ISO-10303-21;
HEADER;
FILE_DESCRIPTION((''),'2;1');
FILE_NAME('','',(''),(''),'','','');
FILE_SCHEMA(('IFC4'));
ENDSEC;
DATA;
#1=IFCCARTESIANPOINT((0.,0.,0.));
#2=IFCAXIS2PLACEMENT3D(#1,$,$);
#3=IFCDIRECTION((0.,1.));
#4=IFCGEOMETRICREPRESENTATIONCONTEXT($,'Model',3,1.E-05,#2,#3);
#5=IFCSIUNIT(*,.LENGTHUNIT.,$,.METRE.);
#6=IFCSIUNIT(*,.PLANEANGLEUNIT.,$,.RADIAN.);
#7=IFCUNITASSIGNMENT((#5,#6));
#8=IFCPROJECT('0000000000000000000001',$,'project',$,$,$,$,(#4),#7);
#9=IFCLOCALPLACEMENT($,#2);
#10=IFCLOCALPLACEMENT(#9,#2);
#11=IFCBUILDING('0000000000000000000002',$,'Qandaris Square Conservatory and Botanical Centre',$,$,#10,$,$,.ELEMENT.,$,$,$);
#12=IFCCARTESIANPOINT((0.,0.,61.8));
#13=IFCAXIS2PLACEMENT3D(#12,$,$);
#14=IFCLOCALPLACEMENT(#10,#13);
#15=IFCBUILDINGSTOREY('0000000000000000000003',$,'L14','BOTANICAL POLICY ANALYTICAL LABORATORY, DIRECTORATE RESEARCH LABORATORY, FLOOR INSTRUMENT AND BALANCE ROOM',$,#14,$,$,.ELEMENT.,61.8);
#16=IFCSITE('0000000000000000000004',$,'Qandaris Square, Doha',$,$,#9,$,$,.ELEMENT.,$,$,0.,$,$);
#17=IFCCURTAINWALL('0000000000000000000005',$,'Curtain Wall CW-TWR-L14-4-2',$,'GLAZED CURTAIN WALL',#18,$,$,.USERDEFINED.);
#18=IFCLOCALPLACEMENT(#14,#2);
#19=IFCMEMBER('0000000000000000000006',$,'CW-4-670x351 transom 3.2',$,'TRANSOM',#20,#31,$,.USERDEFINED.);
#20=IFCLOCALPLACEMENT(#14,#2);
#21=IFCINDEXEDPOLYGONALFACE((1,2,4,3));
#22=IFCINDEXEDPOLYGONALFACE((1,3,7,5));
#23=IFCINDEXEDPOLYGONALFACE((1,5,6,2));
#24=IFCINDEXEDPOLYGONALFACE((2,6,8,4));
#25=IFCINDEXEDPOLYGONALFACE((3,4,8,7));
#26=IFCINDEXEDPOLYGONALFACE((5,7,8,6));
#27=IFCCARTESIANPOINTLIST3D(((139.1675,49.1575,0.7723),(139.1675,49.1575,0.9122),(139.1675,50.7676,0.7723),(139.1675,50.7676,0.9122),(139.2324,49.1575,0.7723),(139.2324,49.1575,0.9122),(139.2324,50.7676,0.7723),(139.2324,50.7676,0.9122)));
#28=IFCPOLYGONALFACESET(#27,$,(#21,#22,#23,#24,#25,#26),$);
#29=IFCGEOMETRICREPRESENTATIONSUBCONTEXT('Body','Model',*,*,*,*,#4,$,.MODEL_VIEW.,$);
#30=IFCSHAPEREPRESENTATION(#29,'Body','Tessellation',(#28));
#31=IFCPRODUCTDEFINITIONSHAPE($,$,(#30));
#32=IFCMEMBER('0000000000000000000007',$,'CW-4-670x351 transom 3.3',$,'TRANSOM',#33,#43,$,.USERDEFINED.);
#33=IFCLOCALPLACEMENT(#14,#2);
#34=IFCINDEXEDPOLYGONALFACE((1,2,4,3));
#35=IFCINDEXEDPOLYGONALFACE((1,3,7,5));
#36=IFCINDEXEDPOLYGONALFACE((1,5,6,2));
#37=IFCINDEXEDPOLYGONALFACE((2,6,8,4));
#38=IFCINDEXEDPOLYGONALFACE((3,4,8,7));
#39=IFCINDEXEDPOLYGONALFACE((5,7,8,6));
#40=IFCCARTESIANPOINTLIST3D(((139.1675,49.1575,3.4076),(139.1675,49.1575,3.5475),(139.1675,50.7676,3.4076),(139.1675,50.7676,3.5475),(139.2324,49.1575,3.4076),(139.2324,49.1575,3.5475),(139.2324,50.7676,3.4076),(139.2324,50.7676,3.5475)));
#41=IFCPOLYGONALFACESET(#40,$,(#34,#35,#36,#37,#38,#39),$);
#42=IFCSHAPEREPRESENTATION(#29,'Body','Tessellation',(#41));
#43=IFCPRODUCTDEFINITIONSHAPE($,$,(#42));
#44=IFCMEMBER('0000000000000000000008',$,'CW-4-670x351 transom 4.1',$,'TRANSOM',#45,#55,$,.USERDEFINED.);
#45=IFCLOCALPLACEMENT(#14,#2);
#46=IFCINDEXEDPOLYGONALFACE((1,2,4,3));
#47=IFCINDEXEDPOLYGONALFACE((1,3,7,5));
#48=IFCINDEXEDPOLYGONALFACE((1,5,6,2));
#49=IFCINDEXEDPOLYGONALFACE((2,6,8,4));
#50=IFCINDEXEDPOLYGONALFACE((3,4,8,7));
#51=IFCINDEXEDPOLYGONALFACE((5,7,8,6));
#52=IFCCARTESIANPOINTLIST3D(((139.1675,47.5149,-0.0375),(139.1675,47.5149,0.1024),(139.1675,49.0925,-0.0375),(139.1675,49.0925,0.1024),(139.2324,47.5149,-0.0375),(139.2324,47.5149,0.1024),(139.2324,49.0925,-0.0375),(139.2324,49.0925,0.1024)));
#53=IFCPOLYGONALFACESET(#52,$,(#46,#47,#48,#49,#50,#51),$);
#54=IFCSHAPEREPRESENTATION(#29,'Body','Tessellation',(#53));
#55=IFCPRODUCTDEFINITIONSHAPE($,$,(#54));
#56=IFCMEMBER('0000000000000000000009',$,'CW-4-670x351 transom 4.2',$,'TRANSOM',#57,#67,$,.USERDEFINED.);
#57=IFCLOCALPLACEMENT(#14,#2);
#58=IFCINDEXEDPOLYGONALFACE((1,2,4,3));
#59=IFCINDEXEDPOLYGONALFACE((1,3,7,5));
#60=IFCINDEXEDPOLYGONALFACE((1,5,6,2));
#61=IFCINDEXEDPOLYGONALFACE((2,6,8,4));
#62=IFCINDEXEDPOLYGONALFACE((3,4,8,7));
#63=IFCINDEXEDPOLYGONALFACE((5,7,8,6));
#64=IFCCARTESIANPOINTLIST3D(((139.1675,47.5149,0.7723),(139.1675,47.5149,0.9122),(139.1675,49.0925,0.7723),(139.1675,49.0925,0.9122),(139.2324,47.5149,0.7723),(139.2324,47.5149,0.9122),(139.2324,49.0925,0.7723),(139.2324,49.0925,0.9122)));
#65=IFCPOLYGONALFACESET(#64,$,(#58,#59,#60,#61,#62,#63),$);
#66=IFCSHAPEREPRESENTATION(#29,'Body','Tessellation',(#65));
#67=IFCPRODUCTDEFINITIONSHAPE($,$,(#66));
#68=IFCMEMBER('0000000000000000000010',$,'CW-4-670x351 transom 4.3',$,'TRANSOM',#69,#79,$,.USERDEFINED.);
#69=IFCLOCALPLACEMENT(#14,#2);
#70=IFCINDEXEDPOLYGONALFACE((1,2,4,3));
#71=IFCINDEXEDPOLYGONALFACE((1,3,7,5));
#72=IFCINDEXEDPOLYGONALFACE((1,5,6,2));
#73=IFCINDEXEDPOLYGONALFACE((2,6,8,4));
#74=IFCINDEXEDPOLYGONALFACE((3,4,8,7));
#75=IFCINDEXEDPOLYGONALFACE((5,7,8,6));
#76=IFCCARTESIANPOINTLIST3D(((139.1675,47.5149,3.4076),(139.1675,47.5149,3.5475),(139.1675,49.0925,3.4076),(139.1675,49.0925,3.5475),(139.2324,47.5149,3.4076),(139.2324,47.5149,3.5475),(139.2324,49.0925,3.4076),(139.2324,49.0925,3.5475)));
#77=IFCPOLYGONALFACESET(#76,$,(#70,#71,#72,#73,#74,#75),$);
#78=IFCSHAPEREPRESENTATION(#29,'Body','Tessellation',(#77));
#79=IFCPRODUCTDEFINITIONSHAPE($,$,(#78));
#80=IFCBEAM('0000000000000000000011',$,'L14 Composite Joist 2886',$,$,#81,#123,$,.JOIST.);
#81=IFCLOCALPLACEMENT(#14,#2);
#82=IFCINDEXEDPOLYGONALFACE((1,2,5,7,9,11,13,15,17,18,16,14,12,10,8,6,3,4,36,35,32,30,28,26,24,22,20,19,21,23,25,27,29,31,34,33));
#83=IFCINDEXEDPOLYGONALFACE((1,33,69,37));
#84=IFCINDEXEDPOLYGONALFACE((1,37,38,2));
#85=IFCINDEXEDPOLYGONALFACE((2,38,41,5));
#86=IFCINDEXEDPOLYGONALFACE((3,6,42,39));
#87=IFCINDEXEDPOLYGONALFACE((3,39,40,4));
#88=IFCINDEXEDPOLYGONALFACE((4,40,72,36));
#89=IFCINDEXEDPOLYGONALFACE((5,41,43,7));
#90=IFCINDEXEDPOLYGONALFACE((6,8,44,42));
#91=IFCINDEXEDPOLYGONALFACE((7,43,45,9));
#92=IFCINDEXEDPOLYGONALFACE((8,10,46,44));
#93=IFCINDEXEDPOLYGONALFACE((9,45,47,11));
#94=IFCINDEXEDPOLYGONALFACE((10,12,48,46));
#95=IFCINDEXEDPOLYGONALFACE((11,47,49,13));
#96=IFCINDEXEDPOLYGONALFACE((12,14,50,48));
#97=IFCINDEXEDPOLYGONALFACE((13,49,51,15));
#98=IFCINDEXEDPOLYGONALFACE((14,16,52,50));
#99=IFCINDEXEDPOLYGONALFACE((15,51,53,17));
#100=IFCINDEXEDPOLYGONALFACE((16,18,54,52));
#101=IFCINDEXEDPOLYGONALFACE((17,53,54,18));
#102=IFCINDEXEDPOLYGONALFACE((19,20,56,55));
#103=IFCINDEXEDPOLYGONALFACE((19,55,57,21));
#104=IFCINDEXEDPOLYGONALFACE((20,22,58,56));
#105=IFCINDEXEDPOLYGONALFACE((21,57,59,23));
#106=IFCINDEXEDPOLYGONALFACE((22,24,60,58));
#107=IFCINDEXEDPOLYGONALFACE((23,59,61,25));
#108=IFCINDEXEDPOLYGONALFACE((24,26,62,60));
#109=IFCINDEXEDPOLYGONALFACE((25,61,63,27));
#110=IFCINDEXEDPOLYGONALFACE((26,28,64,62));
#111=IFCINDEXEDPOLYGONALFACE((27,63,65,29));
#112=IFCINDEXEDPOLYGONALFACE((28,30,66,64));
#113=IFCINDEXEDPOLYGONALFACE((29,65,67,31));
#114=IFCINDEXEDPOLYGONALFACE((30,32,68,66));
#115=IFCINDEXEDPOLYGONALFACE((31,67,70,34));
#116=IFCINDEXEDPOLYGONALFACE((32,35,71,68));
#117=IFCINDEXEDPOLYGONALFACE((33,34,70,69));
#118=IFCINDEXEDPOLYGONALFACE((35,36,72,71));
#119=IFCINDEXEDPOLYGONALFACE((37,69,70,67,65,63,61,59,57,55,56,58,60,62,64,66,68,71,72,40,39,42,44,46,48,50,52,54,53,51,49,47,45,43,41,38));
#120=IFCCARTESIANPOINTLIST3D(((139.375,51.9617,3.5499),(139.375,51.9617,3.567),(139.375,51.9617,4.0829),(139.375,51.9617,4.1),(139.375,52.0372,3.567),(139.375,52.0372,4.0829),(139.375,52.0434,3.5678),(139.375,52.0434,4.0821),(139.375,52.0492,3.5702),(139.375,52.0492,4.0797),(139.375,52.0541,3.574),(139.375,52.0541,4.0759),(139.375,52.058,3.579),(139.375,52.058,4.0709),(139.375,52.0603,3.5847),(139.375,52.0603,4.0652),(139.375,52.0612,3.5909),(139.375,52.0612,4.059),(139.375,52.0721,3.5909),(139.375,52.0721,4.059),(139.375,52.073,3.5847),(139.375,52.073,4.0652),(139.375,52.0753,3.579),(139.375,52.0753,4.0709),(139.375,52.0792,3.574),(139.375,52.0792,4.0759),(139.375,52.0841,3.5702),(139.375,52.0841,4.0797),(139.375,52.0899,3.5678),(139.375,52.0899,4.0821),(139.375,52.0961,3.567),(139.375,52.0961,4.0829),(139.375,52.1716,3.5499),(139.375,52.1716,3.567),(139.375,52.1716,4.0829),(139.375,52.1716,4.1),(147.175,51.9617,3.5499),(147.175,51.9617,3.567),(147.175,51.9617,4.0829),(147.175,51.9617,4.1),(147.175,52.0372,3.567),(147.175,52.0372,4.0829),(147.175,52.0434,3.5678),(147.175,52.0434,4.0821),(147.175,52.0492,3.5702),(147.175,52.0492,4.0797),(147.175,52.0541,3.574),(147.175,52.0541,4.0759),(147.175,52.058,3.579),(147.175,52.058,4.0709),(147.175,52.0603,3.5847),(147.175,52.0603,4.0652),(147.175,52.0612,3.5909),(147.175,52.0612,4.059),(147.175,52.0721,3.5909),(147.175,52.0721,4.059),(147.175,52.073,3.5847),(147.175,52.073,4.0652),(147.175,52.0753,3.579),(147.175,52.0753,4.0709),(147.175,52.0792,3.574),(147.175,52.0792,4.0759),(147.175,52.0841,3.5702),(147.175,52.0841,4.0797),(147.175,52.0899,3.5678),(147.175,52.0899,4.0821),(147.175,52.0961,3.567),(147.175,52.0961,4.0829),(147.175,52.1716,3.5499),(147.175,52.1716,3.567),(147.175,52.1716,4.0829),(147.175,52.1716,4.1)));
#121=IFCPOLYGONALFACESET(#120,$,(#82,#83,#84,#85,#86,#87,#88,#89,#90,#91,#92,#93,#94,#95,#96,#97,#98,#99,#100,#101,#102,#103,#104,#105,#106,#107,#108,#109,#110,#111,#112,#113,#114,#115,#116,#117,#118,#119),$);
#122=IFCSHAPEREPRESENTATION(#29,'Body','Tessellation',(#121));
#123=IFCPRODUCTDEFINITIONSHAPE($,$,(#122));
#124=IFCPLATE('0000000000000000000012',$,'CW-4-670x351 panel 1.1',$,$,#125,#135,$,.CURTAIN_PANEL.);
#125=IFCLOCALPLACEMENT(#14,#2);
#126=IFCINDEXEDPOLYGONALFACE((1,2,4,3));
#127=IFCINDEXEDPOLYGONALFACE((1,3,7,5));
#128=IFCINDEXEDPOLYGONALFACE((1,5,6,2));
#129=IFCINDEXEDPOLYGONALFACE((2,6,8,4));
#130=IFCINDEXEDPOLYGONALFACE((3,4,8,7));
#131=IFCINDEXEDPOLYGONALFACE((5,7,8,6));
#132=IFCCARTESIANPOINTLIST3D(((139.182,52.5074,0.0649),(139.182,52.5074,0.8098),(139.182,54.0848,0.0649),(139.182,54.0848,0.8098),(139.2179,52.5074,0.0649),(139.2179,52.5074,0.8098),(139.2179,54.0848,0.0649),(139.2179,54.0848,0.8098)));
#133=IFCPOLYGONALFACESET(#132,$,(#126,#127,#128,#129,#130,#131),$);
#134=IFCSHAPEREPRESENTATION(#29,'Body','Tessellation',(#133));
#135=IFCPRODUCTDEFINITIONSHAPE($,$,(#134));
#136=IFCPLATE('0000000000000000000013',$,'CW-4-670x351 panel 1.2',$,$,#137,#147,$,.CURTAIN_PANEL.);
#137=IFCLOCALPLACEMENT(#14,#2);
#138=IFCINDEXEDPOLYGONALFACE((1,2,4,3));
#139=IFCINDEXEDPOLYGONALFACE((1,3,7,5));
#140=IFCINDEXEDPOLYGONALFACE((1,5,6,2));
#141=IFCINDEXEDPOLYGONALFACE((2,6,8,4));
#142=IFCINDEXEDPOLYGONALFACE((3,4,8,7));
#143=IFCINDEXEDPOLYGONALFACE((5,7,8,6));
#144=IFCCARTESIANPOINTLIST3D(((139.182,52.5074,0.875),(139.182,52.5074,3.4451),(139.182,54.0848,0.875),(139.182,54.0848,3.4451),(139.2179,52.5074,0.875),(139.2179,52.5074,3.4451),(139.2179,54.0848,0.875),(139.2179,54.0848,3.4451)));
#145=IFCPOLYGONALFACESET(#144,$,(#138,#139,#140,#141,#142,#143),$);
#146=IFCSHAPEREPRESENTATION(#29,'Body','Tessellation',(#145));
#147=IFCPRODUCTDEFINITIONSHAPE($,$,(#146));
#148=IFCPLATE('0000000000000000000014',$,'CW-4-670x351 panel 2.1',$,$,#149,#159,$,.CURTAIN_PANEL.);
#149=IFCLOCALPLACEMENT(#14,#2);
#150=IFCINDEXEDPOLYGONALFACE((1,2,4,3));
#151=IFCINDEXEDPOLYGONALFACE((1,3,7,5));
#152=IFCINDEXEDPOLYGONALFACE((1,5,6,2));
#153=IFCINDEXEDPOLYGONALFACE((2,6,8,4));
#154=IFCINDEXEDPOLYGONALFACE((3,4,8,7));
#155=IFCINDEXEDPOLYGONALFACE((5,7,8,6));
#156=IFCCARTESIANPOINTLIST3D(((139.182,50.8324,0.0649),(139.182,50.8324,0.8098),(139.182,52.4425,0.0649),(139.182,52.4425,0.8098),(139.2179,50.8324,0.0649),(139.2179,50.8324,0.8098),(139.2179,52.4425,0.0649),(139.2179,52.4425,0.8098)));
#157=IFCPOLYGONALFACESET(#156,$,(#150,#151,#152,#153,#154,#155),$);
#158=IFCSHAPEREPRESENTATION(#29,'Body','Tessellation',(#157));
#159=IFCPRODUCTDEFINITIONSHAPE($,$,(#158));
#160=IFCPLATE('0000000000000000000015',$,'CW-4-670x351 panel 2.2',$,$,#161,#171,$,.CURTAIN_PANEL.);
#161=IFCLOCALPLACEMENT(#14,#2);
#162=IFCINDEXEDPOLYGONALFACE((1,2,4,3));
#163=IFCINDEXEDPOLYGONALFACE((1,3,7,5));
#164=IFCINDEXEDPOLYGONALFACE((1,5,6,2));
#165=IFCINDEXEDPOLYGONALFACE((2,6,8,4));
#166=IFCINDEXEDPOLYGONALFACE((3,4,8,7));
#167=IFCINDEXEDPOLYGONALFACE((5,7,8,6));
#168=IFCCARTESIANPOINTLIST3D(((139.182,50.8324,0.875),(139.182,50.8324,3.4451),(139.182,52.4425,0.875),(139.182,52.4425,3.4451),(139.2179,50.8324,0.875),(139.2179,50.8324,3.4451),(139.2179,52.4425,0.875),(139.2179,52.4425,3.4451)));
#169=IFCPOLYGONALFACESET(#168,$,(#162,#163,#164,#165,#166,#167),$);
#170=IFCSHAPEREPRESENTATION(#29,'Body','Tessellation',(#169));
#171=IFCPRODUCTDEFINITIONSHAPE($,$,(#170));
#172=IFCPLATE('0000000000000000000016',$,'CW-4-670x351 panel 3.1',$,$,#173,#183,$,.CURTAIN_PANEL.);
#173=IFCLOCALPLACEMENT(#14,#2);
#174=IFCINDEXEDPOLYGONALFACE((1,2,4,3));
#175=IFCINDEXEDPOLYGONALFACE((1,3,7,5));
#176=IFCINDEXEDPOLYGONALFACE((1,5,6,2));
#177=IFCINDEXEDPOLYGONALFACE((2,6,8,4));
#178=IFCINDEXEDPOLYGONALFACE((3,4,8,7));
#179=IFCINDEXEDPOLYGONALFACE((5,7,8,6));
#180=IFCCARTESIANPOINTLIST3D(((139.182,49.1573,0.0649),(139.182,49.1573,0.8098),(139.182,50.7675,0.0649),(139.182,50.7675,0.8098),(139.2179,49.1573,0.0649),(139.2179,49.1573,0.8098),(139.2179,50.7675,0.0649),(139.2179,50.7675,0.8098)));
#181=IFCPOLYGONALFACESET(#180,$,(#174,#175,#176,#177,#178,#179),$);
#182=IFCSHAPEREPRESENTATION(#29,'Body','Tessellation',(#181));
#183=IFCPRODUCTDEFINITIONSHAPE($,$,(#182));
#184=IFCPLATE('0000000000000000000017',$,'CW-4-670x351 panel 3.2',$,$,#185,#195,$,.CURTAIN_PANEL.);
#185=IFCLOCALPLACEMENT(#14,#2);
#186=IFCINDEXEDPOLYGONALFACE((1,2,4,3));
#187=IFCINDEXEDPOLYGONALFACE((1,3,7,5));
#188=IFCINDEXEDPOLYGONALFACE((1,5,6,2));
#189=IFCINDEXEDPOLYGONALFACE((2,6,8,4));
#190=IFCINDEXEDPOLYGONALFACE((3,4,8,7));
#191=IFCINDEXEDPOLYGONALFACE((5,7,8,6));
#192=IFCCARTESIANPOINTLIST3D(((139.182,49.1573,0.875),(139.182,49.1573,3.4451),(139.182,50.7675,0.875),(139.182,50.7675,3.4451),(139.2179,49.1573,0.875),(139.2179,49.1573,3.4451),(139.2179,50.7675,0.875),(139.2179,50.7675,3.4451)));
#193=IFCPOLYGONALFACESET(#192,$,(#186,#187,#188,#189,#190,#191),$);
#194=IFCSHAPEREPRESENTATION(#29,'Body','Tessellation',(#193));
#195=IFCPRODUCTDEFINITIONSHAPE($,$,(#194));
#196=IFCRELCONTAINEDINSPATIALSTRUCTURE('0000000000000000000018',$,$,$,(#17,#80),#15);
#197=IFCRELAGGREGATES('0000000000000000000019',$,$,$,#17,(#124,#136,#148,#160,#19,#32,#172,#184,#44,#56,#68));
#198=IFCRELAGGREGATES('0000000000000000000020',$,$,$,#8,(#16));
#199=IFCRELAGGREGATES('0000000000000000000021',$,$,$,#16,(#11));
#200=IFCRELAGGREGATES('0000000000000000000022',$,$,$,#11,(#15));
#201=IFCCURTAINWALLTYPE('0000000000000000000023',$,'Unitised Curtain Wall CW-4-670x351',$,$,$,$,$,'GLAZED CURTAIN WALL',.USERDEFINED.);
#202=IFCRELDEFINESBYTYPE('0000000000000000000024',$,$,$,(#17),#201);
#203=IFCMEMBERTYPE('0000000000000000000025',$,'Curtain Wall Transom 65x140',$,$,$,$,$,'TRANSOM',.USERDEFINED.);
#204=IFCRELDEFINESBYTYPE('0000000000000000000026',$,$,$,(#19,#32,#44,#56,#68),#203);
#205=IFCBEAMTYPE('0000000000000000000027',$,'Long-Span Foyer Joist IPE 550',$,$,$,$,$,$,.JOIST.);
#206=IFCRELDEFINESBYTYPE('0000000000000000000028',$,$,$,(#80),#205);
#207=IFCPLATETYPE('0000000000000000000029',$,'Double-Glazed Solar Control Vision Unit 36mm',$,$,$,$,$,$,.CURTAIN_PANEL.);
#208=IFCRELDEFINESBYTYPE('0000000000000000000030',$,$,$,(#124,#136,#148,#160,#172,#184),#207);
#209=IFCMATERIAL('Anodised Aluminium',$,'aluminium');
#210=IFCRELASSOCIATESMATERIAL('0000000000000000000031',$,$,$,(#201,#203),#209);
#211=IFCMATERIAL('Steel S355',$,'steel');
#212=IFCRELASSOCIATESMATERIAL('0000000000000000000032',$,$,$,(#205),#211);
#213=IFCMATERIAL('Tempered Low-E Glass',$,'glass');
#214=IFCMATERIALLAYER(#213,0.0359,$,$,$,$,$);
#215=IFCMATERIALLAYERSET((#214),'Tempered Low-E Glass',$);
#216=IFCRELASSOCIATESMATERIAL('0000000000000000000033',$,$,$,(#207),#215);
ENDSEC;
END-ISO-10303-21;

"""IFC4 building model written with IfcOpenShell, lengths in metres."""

from ifc_helpers import new_model, si_unit, direction, frame, origin, origin_2d, place, context, subcontext, project, spatial, rectangle, i_section, extrude, material, layer, layer_set, material_profile, profile_set, type_object, element, aggregate, save


model = new_model("IFC4")

# Units and contexts
model_context = context("Model", 3, precision=1e-05, world=origin(), true_north=direction((0.0, 1.0)))
body_context = subcontext(model_context, "Body", "Model", "MODEL_VIEW")
ifc_project = project(units=[si_unit("LENGTHUNIT", "METRE"), si_unit("PLANEANGLEUNIT", "RADIAN")], contexts=[model_context])

# Site, building, storey
site_placement = place(None, origin())
site = spatial("IfcSite", under=ifc_project, at=site_placement, Name="Qandaris Square, Doha", CompositionType="ELEMENT", RefElevation=0.0)
building_placement = place(site_placement, origin())
building = spatial("IfcBuilding", under=site, at=building_placement, Name="Qandaris Square Conservatory and Botanical Centre", CompositionType="ELEMENT")
storey_placement = place(building_placement, frame((0.0, 0.0, 61.8)))
storey = spatial("IfcBuildingStorey", under=building, at=storey_placement, Name="L14", Description="BOTANICAL POLICY ANALYTICAL LABORATORY, DIRECTORATE RESEARCH LABORATORY, FLOOR INSTRUMENT AND BALANCE ROOM", CompositionType="ELEMENT", Elevation=61.8)

# Shared definitions
ifc_material_1 = material(Name="Steel S355", Category="steel")

# Curtain wall, members
ifc_material_2 = material(Name="Anodised Aluminium", Category="aluminium")
curtain_wall_type = type_object("IfcCurtainWallType", Name="Unitised Curtain Wall CW-4-670x351", ElementType="GLAZED CURTAIN WALL", PredefinedType="USERDEFINED", material=ifc_material_2)
curtain_wall_placement = place(storey_placement, origin())
curtain_wall = element("IfcCurtainWall", 1, at=curtain_wall_placement, inside=storey, type_object=curtain_wall_type, Name="Curtain Wall CW-TWR-L14-4-2", ObjectType="GLAZED CURTAIN WALL", PredefinedType="USERDEFINED")
ifc_material_profile_1 = material_profile(ifc_material_2, rectangle(XDim=0.0649, YDim=0.1399, at=origin_2d()), Name="ALU-TRN 65x140")
ifc_profile_set_1 = profile_set([ifc_material_profile_1], Name="Anodised Aluminium")
member_type_1 = type_object("IfcMemberType", Name="Curtain Wall Transom 65x140", ElementType="TRANSOM", PredefinedType="USERDEFINED", material=ifc_profile_set_1)
member_1_placement = place(storey_placement, frame((139.2, 50.7676, 0.8423), z_axis=(0.0, -1.0, 0.0), x_axis=(1.0, 0.0, 0.0)))
member_1 = element("IfcMember", 2, at=member_1_placement, type_object=member_type_1, Name="CW-4-670x351 transom 3.2", ObjectType="TRANSOM", PredefinedType="USERDEFINED", context=body_context, shape_type="SweptSolid", body=[
    extrude(rectangle(XDim=0.0649, YDim=0.1399, at=origin_2d()), origin(), (0.0, 0.0, 1.0), 1.6101),
])
member_2_placement = place(storey_placement, frame((139.2, 50.7676, 3.4775), z_axis=(0.0, -1.0, 0.0), x_axis=(1.0, 0.0, 0.0)))
member_2 = element("IfcMember", 3, at=member_2_placement, type_object=member_type_1, Name="CW-4-670x351 transom 3.3", ObjectType="TRANSOM", PredefinedType="USERDEFINED", context=body_context, shape_type="SweptSolid", body=[
    extrude(rectangle(XDim=0.0649, YDim=0.1399, at=origin_2d()), origin(), (0.0, 0.0, 1.0), 1.6101),
])
member_3_placement = place(storey_placement, frame((139.2, 49.0925, 0.0325), z_axis=(0.0, -1.0, 0.0), x_axis=(1.0, 0.0, 0.0)))
member_3 = element("IfcMember", 4, at=member_3_placement, type_object=member_type_1, Name="CW-4-670x351 transom 4.1", ObjectType="TRANSOM", PredefinedType="USERDEFINED", context=body_context, shape_type="SweptSolid", body=[
    extrude(rectangle(XDim=0.0649, YDim=0.1399, at=origin_2d()), origin(), (0.0, 0.0, 1.0), 1.5776),
])
member_4_placement = place(storey_placement, frame((139.2, 49.0925, 0.8423), z_axis=(0.0, -1.0, 0.0), x_axis=(1.0, 0.0, 0.0)))
member_4 = element("IfcMember", 5, at=member_4_placement, type_object=member_type_1, Name="CW-4-670x351 transom 4.2", ObjectType="TRANSOM", PredefinedType="USERDEFINED", context=body_context, shape_type="SweptSolid", body=[
    extrude(rectangle(XDim=0.0649, YDim=0.1399, at=origin_2d()), origin(), (0.0, 0.0, 1.0), 1.5776),
])
member_5_placement = place(storey_placement, frame((139.2, 49.0925, 3.4775), z_axis=(0.0, -1.0, 0.0), x_axis=(1.0, 0.0, 0.0)))
member_5 = element("IfcMember", 6, at=member_5_placement, type_object=member_type_1, Name="CW-4-670x351 transom 4.3", ObjectType="TRANSOM", PredefinedType="USERDEFINED", context=body_context, shape_type="SweptSolid", body=[
    extrude(rectangle(XDim=0.0649, YDim=0.1399, at=origin_2d()), origin(), (0.0, 0.0, 1.0), 1.5776),
])

# Beam
ifc_material_profile_2 = material_profile(ifc_material_1, i_section(OverallWidth=0.21, OverallDepth=0.55, WebThickness=0.011, FlangeThickness=0.0171, FilletRadius=0.0239, at=origin_2d()), Name="IPE 550")
ifc_profile_set_2 = profile_set([ifc_material_profile_2], Name="Steel S355")
beam_type_1 = type_object("IfcBeamType", Name="Long-Span Foyer Joist IPE 550", PredefinedType="JOIST", material=ifc_profile_set_2)
beam_1_placement = place(storey_placement, frame((139.375, 52.0667, 3.825), z_axis=(1.0, 0.0, 0.0), x_axis=(0.0, 1.0, 0.0)))
element("IfcBeam", 7, at=beam_1_placement, inside=storey, type_object=beam_type_1, Name="L14 Composite Joist 2886", PredefinedType="JOIST", context=body_context, shape_type="SweptSolid", body=[
    extrude(i_section(OverallWidth=0.21, OverallDepth=0.55, WebThickness=0.011, FlangeThickness=0.0171, FilletRadius=0.0239, at=origin_2d()), origin(), (0.0, 0.0, 1.0), 7.8),
])

# Plates
ifc_material_3 = material(Name="Tempered Low-E Glass", Category="glass")
ifc_layer = layer(ifc_material_3, 0.0359)
ifc_layer_set = layer_set([ifc_layer], Name="Tempered Low-E Glass")
plate_type = type_object("IfcPlateType", Name="Double-Glazed Solar Control Vision Unit 36mm", PredefinedType="CURTAIN_PANEL", material=ifc_layer_set)
plate_1_placement = place(storey_placement, frame((139.2, 53.2961, 0.0649), z_axis=(0.0, 0.0, 1.0), x_axis=(0.0, -1.0, 0.0)))
plate_1 = element("IfcPlate", 8, at=plate_1_placement, type_object=plate_type, Name="CW-4-670x351 panel 1.1", PredefinedType="CURTAIN_PANEL", context=body_context, shape_type="SweptSolid", body=[
    extrude(rectangle(XDim=1.5774, YDim=0.0359, at=origin_2d()), origin(), (0.0, 0.0, 1.0), 0.7449),
])
plate_2_placement = place(storey_placement, frame((139.2, 53.2961, 0.875), z_axis=(0.0, 0.0, 1.0), x_axis=(0.0, -1.0, 0.0)))
plate_2 = element("IfcPlate", 9, at=plate_2_placement, type_object=plate_type, Name="CW-4-670x351 panel 1.2", PredefinedType="CURTAIN_PANEL", context=body_context, shape_type="SweptSolid", body=[
    extrude(rectangle(XDim=1.5774, YDim=0.0359, at=origin_2d()), origin(), (0.0, 0.0, 1.0), 2.5701),
])
plate_3_placement = place(storey_placement, frame((139.2, 51.6375, 0.0649), z_axis=(0.0, 0.0, 1.0), x_axis=(0.0, -1.0, 0.0)))
plate_3 = element("IfcPlate", 10, at=plate_3_placement, type_object=plate_type, Name="CW-4-670x351 panel 2.1", PredefinedType="CURTAIN_PANEL", context=body_context, shape_type="SweptSolid", body=[
    extrude(rectangle(XDim=1.6101, YDim=0.0359, at=origin_2d()), origin(), (0.0, 0.0, 1.0), 0.7449),
])
plate_4_placement = place(storey_placement, frame((139.2, 51.6375, 0.875), z_axis=(0.0, 0.0, 1.0), x_axis=(0.0, -1.0, 0.0)))
plate_4 = element("IfcPlate", 11, at=plate_4_placement, type_object=plate_type, Name="CW-4-670x351 panel 2.2", PredefinedType="CURTAIN_PANEL", context=body_context, shape_type="SweptSolid", body=[
    extrude(rectangle(XDim=1.6101, YDim=0.0359, at=origin_2d()), origin(), (0.0, 0.0, 1.0), 2.5701),
])
plate_5_placement = place(storey_placement, frame((139.2, 49.9624, 0.0649), z_axis=(0.0, 0.0, 1.0), x_axis=(0.0, -1.0, 0.0)))
plate_5 = element("IfcPlate", 12, at=plate_5_placement, type_object=plate_type, Name="CW-4-670x351 panel 3.1", PredefinedType="CURTAIN_PANEL", context=body_context, shape_type="SweptSolid", body=[
    extrude(rectangle(XDim=1.6101, YDim=0.0359, at=origin_2d()), origin(), (0.0, 0.0, 1.0), 0.7449),
])
plate_6_placement = place(storey_placement, frame((139.2, 49.9624, 0.875), z_axis=(0.0, 0.0, 1.0), x_axis=(0.0, -1.0, 0.0)))
plate_6 = element("IfcPlate", 13, at=plate_6_placement, type_object=plate_type, Name="CW-4-670x351 panel 3.2", PredefinedType="CURTAIN_PANEL", context=body_context, shape_type="SweptSolid", body=[
    extrude(rectangle(XDim=1.6101, YDim=0.0359, at=origin_2d()), origin(), (0.0, 0.0, 1.0), 2.5701),
])
aggregate(curtain_wall, [plate_1, plate_2, plate_3, plate_4, member_1, member_2, plate_5, plate_6, member_3, member_4, member_5])

save(model, "model.ifc")
